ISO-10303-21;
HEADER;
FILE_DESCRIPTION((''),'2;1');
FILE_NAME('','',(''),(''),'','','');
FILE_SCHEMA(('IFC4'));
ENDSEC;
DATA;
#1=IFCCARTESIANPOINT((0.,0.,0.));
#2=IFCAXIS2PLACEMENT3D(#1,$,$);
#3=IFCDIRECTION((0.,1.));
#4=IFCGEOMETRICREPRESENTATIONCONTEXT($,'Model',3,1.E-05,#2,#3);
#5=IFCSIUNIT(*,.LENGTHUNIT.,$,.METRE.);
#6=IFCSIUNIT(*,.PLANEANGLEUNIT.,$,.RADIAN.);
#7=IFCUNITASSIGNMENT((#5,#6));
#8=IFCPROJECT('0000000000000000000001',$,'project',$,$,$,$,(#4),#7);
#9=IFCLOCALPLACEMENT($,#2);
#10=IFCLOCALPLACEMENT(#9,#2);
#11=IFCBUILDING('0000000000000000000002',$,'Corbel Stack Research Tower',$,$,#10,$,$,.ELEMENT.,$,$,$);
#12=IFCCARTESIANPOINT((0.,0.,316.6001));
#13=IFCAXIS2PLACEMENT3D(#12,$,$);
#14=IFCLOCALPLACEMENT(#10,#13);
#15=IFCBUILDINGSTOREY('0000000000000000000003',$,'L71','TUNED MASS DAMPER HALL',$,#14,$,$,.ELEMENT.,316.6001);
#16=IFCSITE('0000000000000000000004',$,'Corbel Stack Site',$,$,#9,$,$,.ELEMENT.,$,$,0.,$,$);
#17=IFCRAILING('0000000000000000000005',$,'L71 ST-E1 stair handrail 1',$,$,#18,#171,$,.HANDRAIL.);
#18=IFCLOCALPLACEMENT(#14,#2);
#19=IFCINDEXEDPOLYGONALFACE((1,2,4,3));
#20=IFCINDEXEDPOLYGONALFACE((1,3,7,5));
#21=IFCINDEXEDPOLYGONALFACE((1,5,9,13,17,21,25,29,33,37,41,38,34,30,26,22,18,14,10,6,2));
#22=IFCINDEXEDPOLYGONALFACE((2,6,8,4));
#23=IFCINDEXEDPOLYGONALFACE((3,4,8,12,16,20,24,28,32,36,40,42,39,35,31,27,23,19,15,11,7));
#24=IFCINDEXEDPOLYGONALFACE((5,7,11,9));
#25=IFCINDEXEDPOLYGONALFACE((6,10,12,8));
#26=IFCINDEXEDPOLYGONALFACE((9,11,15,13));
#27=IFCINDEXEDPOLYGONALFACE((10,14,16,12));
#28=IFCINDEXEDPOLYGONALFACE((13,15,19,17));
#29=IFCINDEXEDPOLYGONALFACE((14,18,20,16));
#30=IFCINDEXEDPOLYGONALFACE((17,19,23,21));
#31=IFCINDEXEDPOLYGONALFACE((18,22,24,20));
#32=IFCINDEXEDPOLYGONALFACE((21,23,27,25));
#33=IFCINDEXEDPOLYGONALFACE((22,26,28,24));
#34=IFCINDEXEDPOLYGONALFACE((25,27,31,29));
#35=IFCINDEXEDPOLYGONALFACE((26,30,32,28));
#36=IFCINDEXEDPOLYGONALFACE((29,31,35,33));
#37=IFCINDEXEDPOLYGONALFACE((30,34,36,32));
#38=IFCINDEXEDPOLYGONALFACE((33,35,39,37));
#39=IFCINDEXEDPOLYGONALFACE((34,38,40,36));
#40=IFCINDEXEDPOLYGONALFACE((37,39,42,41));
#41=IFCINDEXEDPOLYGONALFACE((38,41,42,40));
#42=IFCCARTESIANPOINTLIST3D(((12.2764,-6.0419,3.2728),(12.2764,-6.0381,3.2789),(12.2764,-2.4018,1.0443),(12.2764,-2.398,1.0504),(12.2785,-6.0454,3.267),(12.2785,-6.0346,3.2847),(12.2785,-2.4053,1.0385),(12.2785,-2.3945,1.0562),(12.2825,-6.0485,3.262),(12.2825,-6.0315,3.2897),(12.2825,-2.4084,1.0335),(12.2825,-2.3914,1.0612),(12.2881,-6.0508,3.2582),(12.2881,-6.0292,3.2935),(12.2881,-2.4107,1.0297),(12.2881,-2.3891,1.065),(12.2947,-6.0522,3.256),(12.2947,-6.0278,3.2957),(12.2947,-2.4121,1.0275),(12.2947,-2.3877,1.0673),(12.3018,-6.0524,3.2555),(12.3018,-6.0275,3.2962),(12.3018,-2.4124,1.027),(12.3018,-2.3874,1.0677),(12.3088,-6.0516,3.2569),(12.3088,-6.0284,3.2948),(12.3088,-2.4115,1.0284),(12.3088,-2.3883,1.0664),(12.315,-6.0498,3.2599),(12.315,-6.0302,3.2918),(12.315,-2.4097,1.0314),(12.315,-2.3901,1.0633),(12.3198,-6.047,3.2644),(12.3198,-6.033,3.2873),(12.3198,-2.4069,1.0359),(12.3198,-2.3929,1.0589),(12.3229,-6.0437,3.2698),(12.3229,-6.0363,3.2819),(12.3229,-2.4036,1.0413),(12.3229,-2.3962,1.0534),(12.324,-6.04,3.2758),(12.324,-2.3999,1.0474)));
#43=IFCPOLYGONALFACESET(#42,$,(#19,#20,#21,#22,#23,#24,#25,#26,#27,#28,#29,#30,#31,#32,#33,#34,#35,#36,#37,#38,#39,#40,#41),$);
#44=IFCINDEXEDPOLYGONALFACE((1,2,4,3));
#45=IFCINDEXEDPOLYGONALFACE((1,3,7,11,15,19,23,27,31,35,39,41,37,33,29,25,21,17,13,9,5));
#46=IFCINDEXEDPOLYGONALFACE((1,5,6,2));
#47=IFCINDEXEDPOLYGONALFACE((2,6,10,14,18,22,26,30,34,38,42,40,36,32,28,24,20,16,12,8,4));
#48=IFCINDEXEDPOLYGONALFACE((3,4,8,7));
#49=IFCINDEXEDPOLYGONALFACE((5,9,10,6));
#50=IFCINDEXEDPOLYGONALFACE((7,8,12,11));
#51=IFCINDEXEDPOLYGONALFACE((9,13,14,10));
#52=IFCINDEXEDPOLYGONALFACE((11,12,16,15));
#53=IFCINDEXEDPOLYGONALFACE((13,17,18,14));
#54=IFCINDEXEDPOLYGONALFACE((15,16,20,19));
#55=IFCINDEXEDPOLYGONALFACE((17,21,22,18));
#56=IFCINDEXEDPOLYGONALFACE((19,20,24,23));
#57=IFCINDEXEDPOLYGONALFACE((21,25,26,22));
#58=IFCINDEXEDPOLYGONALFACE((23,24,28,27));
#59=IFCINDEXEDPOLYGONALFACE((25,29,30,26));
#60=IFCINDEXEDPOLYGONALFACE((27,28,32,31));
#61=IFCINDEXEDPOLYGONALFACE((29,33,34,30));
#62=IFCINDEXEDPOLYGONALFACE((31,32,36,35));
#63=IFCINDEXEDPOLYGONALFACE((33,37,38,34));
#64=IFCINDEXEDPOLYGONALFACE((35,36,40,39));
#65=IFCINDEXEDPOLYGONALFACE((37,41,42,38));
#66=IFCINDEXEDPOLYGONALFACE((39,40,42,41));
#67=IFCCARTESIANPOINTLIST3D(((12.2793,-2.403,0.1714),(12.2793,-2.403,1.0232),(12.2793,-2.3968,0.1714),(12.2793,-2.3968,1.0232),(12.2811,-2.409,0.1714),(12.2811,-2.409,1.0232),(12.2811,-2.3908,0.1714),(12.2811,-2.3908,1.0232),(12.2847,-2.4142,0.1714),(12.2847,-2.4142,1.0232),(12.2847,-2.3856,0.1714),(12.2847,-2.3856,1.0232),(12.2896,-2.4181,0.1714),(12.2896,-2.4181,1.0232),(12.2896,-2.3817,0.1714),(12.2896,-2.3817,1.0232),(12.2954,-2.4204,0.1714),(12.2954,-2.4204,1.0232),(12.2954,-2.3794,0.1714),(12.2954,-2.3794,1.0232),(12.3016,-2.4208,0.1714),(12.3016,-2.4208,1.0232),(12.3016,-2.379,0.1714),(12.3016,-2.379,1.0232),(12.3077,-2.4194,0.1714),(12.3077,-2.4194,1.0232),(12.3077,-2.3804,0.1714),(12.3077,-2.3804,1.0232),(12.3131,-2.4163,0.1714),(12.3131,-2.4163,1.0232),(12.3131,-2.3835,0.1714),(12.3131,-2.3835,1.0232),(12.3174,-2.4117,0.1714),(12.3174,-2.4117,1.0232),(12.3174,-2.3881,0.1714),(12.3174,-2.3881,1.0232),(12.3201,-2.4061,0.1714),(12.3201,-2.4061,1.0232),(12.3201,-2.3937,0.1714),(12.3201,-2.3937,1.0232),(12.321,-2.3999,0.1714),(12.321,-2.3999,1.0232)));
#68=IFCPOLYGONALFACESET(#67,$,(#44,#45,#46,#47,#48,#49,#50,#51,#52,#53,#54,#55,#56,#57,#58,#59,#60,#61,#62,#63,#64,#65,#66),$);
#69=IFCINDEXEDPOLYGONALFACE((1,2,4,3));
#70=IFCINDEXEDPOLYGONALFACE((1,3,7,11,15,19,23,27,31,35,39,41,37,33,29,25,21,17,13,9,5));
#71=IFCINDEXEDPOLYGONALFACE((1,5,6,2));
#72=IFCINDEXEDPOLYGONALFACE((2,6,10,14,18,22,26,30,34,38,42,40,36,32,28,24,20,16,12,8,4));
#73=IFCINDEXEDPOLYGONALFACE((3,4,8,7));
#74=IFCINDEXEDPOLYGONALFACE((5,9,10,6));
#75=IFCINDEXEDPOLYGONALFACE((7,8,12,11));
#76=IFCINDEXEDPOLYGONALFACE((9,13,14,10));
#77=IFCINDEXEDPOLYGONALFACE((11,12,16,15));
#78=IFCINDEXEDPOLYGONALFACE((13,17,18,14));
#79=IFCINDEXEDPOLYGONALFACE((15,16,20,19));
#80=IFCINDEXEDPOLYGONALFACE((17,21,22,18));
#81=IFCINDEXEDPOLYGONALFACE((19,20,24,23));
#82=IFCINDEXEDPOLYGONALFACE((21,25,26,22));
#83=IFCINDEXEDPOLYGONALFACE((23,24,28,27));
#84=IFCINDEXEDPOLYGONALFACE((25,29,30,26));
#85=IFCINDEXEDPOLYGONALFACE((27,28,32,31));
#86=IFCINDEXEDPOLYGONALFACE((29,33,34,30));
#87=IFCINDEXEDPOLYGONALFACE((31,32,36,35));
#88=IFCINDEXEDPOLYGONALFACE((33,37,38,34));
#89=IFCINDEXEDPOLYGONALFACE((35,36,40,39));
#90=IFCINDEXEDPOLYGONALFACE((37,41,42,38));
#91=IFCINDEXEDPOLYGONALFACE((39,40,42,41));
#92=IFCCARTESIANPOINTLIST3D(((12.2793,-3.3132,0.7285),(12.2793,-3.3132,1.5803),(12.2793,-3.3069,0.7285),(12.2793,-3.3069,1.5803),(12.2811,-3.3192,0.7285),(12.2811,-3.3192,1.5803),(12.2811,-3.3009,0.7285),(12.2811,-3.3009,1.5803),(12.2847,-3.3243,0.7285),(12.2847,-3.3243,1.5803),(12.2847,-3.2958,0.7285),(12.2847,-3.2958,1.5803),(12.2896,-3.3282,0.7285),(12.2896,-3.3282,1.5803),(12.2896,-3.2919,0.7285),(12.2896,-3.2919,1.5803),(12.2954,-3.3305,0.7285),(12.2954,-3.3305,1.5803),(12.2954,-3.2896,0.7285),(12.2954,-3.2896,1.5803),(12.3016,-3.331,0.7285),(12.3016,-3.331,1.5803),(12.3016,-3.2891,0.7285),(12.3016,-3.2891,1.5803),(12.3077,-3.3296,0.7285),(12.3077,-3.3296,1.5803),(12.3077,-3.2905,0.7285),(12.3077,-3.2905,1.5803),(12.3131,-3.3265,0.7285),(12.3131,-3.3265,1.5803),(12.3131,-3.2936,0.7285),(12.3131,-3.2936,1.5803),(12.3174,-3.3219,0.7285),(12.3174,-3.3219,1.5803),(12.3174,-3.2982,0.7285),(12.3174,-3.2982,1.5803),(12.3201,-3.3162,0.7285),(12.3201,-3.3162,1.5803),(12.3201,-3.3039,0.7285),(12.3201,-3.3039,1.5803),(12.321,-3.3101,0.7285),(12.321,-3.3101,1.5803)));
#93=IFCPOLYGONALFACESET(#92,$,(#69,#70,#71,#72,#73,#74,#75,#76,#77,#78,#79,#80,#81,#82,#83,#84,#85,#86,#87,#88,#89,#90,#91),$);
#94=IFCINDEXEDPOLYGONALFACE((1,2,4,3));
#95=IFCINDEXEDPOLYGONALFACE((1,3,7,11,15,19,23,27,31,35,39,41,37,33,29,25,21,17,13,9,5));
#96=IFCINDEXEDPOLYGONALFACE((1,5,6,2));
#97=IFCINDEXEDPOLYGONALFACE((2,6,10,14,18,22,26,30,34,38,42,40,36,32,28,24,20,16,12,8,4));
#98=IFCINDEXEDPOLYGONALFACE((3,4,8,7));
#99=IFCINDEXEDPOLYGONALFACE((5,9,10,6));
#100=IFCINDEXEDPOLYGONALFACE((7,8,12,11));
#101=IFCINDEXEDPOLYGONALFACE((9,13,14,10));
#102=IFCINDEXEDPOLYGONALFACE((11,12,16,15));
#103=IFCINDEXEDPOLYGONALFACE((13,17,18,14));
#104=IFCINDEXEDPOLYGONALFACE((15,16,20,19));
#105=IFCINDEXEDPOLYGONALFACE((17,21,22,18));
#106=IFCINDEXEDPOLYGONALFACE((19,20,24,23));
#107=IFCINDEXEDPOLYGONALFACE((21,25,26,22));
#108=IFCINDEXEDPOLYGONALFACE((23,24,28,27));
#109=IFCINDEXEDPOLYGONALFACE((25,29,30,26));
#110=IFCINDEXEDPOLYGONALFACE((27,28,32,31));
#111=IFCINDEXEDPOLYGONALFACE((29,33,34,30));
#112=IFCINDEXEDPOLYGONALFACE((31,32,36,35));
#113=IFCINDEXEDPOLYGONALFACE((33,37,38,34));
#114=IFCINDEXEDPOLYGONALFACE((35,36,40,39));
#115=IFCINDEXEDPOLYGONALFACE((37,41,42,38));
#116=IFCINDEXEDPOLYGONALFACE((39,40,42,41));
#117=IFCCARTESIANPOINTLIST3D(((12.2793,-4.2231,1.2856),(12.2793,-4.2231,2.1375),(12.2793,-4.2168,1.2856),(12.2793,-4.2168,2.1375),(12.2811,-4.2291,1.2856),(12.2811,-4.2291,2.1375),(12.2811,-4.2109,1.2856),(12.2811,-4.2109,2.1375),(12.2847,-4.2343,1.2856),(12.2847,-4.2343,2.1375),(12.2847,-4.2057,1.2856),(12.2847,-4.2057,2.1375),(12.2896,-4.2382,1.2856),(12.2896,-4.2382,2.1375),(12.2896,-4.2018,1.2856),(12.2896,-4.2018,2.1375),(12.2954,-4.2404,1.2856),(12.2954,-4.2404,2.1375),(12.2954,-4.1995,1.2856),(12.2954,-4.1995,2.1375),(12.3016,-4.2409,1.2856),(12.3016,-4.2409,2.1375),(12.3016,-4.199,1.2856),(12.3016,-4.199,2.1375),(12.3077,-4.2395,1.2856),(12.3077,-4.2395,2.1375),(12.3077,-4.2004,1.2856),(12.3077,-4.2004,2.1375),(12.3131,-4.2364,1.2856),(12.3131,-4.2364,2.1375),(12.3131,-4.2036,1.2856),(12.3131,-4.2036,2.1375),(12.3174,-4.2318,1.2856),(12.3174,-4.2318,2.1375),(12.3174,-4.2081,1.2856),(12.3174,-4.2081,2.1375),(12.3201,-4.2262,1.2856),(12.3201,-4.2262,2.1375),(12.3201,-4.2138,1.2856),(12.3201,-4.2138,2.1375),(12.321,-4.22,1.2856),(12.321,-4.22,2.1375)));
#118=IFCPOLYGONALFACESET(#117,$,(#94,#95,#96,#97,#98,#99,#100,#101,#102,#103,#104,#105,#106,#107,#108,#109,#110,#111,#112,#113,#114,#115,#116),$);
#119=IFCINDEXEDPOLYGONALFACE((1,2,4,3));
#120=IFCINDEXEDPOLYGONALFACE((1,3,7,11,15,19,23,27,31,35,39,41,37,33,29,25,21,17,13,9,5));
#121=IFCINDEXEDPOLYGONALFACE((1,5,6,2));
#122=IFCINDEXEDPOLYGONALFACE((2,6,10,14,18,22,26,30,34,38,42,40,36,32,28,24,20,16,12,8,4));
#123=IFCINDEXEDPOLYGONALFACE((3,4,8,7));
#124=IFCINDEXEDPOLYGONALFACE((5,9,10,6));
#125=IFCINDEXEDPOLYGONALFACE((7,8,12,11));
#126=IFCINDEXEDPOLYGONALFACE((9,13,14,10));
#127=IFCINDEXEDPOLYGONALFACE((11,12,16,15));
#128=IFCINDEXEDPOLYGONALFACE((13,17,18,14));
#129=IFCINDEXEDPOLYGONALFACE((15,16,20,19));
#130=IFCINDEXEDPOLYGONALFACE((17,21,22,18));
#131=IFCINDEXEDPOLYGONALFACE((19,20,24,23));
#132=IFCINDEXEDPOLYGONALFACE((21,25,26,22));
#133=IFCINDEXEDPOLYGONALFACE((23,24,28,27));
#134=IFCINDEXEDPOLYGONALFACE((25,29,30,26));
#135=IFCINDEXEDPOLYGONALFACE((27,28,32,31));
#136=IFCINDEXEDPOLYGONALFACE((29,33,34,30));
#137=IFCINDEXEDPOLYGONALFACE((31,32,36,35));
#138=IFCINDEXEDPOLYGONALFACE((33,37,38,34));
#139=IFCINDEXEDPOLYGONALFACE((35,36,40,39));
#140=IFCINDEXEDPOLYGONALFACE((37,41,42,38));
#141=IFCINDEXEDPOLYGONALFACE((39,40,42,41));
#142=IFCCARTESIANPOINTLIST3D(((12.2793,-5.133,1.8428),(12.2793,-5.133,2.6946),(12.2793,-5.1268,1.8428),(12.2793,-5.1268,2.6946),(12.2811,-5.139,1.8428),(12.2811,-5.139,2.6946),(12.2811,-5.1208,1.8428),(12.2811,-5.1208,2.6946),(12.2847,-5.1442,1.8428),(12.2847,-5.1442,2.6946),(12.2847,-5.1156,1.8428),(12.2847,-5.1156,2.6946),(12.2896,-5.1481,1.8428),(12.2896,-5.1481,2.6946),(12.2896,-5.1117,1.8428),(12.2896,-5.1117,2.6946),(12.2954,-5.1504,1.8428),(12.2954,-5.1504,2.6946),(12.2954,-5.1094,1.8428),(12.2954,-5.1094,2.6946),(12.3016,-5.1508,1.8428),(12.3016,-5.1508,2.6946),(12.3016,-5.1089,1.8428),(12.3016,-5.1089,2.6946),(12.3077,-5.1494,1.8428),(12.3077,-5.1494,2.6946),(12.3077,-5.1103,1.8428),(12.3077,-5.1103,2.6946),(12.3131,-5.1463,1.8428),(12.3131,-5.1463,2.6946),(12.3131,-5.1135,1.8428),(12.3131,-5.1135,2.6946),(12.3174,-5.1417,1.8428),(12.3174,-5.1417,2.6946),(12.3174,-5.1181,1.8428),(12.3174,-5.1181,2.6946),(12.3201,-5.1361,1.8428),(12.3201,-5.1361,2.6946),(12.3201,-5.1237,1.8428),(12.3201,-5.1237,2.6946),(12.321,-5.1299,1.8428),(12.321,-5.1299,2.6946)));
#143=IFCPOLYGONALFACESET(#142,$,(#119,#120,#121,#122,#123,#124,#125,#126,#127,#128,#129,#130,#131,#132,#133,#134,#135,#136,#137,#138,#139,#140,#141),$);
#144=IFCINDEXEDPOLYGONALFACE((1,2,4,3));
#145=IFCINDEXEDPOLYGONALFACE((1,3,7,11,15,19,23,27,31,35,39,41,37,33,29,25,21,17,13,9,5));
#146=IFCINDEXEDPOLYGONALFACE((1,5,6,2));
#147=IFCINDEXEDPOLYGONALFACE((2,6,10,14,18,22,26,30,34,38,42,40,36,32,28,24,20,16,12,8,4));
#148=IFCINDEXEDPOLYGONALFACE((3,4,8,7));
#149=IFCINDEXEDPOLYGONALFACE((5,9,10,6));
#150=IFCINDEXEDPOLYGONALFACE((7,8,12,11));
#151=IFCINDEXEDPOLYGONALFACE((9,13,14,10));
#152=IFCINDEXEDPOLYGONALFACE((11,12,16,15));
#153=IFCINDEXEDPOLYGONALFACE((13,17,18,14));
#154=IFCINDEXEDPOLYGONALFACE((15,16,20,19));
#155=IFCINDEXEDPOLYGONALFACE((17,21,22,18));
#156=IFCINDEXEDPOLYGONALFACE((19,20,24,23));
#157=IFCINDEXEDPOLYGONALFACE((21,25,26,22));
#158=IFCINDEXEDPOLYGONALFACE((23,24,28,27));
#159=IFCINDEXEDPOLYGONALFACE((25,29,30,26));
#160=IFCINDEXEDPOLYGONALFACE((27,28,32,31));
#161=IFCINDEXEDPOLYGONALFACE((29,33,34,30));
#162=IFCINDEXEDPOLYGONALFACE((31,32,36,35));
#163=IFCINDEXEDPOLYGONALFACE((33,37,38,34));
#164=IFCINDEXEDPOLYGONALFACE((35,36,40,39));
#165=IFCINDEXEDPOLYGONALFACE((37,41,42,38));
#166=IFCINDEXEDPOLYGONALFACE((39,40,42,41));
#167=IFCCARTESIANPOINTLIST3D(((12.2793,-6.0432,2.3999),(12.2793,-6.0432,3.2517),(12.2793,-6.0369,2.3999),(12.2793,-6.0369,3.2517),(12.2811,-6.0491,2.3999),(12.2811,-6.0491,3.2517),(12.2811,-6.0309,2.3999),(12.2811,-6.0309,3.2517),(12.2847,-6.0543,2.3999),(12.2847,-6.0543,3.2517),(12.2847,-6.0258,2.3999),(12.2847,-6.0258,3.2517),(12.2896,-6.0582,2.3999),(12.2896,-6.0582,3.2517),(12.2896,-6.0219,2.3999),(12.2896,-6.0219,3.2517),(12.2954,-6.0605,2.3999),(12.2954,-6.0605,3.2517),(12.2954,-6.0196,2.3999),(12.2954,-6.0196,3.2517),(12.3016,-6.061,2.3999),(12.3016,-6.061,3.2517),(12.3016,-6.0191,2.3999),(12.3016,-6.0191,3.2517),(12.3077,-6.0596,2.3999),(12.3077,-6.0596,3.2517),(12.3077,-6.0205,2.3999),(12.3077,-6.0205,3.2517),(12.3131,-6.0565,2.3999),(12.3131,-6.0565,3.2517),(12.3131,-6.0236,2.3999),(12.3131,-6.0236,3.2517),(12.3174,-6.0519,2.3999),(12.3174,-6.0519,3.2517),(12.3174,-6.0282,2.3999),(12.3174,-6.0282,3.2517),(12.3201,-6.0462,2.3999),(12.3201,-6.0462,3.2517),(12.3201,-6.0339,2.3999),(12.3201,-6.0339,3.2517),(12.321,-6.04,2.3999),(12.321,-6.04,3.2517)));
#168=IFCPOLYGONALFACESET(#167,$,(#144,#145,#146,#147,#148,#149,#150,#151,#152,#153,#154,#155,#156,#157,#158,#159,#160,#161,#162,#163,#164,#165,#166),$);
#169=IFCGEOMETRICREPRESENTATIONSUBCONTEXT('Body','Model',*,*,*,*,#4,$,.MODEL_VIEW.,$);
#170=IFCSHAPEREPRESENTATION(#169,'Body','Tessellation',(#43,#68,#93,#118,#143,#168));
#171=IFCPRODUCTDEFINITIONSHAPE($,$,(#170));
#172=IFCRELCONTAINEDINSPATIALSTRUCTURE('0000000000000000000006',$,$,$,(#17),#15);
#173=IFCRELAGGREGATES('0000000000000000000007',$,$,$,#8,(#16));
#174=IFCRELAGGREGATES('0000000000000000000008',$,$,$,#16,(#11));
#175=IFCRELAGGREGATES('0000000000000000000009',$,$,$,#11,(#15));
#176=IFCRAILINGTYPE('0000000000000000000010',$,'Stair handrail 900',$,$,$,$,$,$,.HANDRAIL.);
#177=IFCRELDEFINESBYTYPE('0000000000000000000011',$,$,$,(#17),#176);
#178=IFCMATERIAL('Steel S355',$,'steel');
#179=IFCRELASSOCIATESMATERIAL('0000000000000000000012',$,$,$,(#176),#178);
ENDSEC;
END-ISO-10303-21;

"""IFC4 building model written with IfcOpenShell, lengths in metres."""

from ifc_helpers import new_model, si_unit, direction, frame, origin, origin_2d, place, context, subcontext, project, spatial, circle, extrude, material, type_object, element, save


model = new_model("IFC4")

# Units and contexts
model_context = context("Model", 3, precision=1e-05, world=origin(), true_north=direction((0.0, 1.0)))
body_context = subcontext(model_context, "Body", "Model", "MODEL_VIEW")
ifc_project = project(units=[si_unit("LENGTHUNIT", "METRE"), si_unit("PLANEANGLEUNIT", "RADIAN")], contexts=[model_context])

# Site, building, storey
site_placement = place(None, origin())
site = spatial("IfcSite", under=ifc_project, at=site_placement, Name="Corbel Stack Site", CompositionType="ELEMENT", RefElevation=0.0)
building_placement = place(site_placement, origin())
building = spatial("IfcBuilding", under=site, at=building_placement, Name="Corbel Stack Research Tower", CompositionType="ELEMENT")
storey_placement = place(building_placement, frame((0.0, 0.0, 316.6001)))
storey = spatial("IfcBuildingStorey", under=building, at=storey_placement, Name="L71", Description="TUNED MASS DAMPER HALL", CompositionType="ELEMENT", Elevation=316.6001)

# Railing
ifc_material_1 = material(Name="Steel S355", Category="steel")
railing_type_1 = type_object("IfcRailingType", Name="Stair handrail 900", PredefinedType="HANDRAIL", material=ifc_material_1)
railing_1_placement = place(storey_placement, frame((12.3, -2.3999, 0.1714)))
element("IfcRailing", 1, at=railing_1_placement, inside=storey, type_object=railing_type_1, Name="L71 ST-E1 stair handrail 1", PredefinedType="HANDRAIL", context=body_context, shape_type="SweptSolid", body=[
    extrude(circle(Radius=0.0239, at=origin_2d()), frame((0.0, 0.0, 0.876), z_axis=(0.0, -0.852866, 0.52213), x_axis=(1.0, 0.0, 0.0)), (0.0, 0.0, 1.0), 4.2681),
    extrude(circle(Radius=0.021, at=origin_2d()), origin(), (0.0, 0.0, 1.0), 0.8518),
    extrude(circle(Radius=0.021, at=origin_2d()), frame((0.0, -0.9102, 0.5571)), (0.0, 0.0, 1.0), 0.8518),
    extrude(circle(Radius=0.021, at=origin_2d()), frame((0.0, -1.8201, 1.1143)), (0.0, 0.0, 1.0), 0.8518),
    extrude(circle(Radius=0.021, at=origin_2d()), frame((0.0, -2.73, 1.6714)), (0.0, 0.0, 1.0), 0.8518),
    extrude(circle(Radius=0.021, at=origin_2d()), frame((0.0, -3.6401, 2.2285)), (0.0, 0.0, 1.0), 0.8518),
])

save(model, "model.ifc")
